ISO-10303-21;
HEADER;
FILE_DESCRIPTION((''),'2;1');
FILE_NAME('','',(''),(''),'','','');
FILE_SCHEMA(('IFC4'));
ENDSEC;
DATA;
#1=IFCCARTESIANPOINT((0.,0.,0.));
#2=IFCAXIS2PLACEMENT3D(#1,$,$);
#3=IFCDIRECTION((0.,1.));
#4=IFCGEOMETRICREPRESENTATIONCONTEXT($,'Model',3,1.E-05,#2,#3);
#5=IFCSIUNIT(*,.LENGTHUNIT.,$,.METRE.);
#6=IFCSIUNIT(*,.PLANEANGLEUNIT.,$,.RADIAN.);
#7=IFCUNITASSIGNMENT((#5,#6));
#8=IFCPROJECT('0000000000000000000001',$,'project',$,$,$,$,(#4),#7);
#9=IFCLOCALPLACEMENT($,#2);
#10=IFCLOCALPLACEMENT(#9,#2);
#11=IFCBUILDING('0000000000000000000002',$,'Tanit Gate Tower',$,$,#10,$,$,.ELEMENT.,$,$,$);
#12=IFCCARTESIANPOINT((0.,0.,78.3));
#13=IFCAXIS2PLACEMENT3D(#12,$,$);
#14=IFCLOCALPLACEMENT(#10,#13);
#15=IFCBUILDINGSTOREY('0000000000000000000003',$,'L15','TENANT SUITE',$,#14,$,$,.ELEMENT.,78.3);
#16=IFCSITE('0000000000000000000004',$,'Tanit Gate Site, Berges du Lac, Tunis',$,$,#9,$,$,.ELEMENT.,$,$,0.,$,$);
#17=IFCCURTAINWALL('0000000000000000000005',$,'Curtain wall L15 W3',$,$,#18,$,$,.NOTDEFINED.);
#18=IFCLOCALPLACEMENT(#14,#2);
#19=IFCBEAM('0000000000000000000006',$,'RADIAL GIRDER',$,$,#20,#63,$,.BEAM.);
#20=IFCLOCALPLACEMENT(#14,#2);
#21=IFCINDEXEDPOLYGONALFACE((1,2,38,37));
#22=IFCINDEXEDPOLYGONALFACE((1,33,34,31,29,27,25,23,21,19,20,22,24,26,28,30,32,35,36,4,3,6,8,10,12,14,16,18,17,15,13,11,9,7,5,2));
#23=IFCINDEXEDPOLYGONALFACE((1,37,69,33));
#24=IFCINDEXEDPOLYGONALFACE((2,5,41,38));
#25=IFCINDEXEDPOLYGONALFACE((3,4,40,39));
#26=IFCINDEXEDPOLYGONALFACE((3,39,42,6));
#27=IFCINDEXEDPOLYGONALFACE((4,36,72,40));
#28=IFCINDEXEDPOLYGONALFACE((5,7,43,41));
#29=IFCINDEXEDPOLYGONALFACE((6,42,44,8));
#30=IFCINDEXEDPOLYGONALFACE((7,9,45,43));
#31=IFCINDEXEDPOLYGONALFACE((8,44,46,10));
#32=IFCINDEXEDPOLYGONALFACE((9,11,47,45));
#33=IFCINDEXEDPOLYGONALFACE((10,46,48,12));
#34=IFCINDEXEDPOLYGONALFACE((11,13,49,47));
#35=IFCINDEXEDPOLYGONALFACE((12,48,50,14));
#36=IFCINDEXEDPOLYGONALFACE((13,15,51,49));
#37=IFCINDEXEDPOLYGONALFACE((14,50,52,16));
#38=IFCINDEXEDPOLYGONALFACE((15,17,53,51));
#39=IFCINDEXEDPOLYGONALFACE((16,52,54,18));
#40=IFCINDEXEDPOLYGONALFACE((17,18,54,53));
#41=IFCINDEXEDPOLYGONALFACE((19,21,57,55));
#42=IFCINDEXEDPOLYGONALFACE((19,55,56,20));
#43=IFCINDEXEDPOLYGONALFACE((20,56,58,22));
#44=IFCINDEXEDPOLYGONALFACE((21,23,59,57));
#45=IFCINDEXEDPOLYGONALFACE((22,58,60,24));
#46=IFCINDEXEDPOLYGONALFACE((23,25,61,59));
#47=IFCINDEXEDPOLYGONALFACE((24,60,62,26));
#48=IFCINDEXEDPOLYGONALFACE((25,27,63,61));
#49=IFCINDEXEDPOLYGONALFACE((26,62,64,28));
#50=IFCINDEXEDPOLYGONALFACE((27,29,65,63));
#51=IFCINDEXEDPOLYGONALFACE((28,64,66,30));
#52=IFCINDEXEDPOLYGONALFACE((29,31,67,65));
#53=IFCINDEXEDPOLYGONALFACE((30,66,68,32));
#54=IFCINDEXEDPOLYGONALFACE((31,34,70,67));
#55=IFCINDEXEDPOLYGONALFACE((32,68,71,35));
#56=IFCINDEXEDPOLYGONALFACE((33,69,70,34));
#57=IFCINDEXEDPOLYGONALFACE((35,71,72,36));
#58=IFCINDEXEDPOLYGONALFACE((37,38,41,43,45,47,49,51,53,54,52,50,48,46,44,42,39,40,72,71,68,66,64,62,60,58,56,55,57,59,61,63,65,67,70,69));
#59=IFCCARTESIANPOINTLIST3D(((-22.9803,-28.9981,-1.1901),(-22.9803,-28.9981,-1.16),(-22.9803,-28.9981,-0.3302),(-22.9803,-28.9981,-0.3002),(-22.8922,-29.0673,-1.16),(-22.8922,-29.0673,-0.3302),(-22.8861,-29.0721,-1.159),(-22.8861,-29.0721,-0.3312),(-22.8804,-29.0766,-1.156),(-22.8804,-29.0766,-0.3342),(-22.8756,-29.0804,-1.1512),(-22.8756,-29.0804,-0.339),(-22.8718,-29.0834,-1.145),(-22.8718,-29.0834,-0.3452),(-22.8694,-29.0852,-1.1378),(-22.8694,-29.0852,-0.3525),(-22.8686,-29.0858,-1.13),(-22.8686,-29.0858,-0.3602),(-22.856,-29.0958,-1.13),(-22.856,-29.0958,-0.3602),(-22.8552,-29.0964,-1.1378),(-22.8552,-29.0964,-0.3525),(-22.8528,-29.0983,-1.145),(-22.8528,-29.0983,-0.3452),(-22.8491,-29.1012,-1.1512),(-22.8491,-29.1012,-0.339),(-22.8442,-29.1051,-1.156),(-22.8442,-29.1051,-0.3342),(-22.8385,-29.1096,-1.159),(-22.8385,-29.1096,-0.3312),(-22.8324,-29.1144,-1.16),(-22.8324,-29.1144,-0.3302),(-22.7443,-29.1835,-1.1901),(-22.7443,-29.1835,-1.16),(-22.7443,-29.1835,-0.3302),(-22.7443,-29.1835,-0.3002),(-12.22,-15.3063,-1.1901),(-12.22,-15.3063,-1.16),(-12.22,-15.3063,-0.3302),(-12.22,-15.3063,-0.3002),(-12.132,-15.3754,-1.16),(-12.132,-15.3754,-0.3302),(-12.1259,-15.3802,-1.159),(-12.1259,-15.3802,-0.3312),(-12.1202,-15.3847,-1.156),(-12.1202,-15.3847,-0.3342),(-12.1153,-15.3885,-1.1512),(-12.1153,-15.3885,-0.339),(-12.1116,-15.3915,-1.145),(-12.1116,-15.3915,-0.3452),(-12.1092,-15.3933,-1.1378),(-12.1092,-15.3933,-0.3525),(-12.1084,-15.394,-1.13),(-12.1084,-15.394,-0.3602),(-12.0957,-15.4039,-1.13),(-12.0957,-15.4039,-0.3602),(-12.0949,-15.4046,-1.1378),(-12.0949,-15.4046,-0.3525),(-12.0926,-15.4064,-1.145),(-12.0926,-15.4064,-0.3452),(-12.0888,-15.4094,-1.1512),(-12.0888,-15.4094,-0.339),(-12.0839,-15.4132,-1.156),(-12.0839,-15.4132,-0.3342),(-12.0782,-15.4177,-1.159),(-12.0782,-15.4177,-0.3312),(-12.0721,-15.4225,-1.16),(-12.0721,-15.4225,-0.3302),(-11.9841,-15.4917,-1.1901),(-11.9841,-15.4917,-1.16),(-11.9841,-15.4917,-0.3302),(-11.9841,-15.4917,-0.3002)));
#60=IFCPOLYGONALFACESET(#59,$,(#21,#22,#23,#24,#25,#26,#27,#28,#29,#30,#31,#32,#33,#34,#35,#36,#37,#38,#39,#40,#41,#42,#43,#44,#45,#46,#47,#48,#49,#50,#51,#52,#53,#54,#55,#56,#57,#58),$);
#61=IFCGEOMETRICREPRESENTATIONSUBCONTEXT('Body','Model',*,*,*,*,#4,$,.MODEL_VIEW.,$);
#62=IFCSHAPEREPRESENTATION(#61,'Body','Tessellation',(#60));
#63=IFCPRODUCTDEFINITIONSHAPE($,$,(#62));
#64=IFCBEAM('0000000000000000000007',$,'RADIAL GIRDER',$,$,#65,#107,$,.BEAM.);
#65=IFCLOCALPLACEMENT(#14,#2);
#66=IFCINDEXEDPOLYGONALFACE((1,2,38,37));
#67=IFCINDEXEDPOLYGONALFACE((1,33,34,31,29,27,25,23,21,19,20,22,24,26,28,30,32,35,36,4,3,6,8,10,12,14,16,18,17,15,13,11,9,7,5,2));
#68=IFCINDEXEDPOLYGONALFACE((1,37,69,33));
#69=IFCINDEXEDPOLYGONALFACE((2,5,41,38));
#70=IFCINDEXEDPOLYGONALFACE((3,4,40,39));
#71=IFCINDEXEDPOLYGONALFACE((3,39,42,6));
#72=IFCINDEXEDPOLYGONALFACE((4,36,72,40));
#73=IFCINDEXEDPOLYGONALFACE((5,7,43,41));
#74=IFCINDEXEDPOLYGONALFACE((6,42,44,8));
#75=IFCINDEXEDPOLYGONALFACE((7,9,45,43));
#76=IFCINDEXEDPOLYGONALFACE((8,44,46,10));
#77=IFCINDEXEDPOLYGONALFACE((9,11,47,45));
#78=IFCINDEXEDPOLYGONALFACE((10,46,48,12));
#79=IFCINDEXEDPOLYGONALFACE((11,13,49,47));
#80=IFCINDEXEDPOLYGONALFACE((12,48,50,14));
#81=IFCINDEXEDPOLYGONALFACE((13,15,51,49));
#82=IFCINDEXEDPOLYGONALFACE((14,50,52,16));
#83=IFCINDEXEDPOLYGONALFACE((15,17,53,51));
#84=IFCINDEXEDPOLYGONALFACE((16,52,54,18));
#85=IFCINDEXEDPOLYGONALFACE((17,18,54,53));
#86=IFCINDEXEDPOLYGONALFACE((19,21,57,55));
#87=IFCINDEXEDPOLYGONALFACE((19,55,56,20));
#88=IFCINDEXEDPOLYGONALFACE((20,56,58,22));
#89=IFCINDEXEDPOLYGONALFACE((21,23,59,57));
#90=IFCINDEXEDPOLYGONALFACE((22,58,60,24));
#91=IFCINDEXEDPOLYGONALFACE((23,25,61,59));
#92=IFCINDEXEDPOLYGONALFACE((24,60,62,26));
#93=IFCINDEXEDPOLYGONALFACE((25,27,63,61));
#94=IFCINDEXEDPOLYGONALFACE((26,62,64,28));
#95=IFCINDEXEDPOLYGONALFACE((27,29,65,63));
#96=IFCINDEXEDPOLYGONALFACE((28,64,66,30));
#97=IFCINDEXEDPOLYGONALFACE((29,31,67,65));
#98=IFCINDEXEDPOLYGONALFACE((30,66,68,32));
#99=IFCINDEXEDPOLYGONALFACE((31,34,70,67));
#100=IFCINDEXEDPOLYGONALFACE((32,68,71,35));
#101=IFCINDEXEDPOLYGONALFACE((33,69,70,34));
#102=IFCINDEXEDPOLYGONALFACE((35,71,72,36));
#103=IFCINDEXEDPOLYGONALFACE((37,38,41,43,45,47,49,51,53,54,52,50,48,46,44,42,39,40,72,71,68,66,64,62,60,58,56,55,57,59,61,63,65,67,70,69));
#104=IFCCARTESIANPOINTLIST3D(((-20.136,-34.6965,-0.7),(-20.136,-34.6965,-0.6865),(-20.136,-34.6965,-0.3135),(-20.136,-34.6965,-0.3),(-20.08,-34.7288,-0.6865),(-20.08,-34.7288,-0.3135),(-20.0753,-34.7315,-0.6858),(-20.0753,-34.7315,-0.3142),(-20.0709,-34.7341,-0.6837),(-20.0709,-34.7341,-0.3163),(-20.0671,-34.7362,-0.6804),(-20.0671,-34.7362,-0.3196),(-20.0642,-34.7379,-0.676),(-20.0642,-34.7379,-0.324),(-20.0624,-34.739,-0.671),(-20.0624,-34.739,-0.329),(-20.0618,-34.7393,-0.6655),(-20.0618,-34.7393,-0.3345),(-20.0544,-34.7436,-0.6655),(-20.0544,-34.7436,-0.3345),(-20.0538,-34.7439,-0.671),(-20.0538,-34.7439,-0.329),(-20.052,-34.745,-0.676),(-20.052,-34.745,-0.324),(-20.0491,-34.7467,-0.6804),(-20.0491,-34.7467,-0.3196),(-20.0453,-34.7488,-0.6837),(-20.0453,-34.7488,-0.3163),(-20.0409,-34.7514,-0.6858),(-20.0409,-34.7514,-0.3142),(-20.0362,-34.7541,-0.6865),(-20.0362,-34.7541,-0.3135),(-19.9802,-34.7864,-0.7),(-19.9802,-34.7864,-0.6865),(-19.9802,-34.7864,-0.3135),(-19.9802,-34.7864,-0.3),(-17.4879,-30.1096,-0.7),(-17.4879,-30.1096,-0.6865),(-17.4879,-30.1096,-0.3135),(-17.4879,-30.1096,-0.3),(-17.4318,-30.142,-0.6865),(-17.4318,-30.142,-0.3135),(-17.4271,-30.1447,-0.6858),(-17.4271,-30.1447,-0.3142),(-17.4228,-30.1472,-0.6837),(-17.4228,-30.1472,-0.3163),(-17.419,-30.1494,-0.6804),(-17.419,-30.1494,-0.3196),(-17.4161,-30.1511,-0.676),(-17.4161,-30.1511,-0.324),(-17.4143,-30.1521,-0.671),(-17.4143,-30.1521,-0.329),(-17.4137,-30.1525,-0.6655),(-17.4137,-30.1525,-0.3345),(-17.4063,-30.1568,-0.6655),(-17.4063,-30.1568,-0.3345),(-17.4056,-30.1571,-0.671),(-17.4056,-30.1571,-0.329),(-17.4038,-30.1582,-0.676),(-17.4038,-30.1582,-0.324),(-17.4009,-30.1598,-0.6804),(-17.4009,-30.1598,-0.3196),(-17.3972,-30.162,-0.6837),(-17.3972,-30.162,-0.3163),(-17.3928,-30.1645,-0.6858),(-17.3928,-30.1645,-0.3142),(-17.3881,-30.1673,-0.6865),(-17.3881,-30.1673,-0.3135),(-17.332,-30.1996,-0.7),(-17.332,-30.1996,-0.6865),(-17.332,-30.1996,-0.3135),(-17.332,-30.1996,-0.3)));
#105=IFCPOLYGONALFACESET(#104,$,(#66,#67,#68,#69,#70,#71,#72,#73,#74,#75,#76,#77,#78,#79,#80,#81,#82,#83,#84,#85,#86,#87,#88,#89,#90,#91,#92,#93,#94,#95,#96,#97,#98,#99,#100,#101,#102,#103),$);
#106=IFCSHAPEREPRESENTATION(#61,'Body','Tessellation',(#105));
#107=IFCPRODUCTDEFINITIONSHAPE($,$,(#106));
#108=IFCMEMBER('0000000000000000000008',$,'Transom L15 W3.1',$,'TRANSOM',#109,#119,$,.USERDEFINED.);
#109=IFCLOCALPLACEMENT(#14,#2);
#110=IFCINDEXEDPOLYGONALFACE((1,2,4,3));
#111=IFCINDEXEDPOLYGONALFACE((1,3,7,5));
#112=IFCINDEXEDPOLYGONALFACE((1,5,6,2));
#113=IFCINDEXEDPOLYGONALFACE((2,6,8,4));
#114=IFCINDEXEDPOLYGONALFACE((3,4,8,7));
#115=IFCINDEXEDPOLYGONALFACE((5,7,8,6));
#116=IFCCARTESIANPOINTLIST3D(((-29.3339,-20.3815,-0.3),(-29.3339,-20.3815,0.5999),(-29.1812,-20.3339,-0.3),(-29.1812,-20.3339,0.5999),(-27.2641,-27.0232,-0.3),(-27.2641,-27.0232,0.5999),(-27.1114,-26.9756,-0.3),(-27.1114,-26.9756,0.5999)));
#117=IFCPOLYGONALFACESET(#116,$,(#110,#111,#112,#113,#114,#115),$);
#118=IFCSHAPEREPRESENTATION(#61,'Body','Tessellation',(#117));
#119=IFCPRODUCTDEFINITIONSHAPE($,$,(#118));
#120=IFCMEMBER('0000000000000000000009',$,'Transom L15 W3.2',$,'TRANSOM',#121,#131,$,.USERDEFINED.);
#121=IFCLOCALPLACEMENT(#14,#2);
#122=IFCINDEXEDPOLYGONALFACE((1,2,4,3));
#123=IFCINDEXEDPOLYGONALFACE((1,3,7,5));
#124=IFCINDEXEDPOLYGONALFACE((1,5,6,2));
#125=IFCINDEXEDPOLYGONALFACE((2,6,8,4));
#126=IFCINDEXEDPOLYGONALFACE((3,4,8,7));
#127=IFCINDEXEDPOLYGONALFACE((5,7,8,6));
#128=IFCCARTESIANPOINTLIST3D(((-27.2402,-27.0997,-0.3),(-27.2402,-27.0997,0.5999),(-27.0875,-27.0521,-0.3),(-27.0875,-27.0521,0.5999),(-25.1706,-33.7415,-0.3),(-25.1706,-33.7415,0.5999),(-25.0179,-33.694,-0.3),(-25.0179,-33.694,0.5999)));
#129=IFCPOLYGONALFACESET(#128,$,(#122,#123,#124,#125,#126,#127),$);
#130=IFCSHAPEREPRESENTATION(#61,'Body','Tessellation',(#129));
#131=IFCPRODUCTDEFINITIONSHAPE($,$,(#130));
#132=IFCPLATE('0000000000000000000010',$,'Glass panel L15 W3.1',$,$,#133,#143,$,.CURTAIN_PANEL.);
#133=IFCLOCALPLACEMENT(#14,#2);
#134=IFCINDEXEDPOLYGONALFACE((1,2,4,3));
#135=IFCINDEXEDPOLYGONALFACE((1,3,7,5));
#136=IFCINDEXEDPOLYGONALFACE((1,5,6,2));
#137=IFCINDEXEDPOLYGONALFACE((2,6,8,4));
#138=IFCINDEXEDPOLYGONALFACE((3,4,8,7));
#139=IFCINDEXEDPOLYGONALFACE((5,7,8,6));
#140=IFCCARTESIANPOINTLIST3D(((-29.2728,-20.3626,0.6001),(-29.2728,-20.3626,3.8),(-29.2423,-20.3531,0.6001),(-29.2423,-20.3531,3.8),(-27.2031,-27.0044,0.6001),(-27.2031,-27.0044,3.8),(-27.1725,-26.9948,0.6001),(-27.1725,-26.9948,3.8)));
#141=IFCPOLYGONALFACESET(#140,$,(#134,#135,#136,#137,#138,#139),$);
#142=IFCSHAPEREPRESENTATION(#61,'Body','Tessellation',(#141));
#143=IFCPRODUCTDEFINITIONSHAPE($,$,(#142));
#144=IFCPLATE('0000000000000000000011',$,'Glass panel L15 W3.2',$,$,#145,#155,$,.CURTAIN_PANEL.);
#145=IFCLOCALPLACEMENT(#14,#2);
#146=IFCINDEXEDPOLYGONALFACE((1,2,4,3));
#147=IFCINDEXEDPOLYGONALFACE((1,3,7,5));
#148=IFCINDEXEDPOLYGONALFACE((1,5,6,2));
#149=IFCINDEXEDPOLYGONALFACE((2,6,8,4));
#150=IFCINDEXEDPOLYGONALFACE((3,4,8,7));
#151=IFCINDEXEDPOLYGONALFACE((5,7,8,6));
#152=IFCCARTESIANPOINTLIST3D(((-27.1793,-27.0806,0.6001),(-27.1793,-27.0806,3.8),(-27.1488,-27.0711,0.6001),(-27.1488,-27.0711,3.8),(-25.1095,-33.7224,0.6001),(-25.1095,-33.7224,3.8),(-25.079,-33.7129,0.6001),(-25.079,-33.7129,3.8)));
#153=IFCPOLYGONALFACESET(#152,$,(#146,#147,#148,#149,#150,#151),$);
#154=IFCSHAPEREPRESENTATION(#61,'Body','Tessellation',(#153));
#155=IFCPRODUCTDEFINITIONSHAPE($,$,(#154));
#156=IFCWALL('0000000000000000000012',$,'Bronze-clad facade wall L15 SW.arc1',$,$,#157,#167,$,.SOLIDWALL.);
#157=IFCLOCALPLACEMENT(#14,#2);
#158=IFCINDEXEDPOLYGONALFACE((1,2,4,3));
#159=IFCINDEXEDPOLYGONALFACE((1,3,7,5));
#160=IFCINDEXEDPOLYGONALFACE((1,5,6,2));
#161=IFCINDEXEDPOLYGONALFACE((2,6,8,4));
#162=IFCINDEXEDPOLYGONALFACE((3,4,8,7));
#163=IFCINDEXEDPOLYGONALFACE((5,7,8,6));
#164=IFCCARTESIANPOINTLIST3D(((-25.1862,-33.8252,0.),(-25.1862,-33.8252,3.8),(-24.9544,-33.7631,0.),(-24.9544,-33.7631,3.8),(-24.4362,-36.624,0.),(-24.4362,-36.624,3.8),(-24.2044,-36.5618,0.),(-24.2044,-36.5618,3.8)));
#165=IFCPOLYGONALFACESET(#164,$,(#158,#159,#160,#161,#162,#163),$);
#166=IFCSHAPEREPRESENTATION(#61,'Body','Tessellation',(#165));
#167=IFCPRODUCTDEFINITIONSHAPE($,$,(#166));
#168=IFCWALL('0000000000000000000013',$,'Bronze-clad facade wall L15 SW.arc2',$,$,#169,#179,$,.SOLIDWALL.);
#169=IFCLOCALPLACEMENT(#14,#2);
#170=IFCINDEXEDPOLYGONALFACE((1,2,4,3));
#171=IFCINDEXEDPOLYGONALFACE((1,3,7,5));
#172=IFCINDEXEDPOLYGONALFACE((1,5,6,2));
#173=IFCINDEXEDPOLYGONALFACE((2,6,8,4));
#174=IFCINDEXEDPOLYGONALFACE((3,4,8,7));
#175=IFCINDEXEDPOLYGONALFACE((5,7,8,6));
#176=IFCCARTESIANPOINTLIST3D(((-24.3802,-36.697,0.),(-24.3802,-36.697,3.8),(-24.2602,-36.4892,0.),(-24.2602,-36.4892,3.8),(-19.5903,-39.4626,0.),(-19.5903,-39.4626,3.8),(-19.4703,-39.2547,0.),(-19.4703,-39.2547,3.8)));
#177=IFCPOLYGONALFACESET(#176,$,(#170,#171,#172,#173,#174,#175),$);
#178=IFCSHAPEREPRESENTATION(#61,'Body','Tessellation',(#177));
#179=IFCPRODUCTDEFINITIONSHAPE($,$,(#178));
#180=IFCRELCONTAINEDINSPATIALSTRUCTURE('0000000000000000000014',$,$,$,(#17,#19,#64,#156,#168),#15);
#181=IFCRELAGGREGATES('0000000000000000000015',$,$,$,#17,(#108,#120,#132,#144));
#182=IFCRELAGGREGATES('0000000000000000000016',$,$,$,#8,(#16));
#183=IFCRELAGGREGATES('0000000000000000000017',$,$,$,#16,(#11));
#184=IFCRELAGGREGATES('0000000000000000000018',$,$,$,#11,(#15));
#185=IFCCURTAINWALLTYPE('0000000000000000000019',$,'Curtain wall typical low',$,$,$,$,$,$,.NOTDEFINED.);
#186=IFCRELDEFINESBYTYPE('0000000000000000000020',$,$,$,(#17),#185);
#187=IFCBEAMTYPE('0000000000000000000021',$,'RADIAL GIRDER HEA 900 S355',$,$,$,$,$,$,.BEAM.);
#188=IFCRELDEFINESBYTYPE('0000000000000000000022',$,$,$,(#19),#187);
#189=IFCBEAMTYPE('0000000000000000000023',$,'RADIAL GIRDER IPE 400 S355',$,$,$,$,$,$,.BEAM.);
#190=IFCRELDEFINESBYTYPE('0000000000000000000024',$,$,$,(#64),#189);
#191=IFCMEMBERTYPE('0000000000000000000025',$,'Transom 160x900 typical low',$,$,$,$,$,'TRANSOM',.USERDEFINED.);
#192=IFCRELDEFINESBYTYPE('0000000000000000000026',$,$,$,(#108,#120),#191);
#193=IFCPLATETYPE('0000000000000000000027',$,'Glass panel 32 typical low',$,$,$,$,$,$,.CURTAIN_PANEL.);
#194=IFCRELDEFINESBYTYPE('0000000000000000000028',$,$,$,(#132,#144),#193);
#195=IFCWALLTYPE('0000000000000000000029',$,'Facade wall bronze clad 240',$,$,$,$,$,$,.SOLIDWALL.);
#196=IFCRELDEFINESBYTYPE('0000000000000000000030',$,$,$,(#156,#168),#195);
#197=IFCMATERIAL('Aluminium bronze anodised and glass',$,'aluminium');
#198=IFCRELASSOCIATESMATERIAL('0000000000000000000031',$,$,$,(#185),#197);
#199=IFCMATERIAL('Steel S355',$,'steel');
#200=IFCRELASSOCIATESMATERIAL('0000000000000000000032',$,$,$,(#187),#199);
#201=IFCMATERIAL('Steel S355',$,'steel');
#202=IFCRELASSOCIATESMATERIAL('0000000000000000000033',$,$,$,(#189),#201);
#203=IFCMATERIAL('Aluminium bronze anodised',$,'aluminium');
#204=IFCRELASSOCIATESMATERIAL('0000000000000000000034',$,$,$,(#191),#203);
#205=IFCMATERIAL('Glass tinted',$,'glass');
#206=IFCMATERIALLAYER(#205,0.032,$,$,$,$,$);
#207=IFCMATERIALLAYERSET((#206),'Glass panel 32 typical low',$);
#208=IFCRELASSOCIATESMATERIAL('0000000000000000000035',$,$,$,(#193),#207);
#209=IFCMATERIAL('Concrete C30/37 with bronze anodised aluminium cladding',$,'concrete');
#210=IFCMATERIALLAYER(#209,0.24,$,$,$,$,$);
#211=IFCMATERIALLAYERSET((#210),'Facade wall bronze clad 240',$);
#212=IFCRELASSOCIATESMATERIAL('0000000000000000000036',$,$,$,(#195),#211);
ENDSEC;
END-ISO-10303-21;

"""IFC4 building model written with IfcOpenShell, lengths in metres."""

from ifc_helpers import new_model, si_unit, direction, frame, frame_2d, origin, origin_2d, place, context, subcontext, project, spatial, rectangle, i_section, extrude, material, layer, layer_set, material_profile, profile_set, type_object, element, aggregate, save


model = new_model("IFC4")

# Units and contexts
model_context = context("Model", 3, precision=1e-05, world=origin(), true_north=direction((0.0, 1.0)))
body_context = subcontext(model_context, "Body", "Model", "MODEL_VIEW")
ifc_project = project(units=[si_unit("LENGTHUNIT", "METRE"), si_unit("PLANEANGLEUNIT", "RADIAN")], contexts=[model_context])

# Site, building, storey
site_placement = place(None, origin())
site = spatial("IfcSite", under=ifc_project, at=site_placement, Name="Tanit Gate Site, Berges du Lac, Tunis", CompositionType="ELEMENT", RefElevation=0.0)
building_placement = place(site_placement, origin())
building = spatial("IfcBuilding", under=site, at=building_placement, Name="Tanit Gate Tower", CompositionType="ELEMENT")
storey_placement = place(building_placement, frame((0.0, 0.0, 78.3)))
storey = spatial("IfcBuildingStorey", under=building, at=storey_placement, Name="L15", Description="TENANT SUITE", CompositionType="ELEMENT", Elevation=78.3)

# Curtain wall
ifc_material_1 = material(Name="Aluminium bronze anodised and glass", Category="aluminium")
curtain_wall_type = type_object("IfcCurtainWallType", Name="Curtain wall typical low", PredefinedType="NOTDEFINED", material=ifc_material_1)
curtain_wall_1_placement = place(storey_placement, origin())
curtain_wall_1 = element("IfcCurtainWall", 1, at=curtain_wall_1_placement, inside=storey, type_object=curtain_wall_type, Name="Curtain wall L15 W3", PredefinedType="NOTDEFINED")

# Beams
ifc_material_2 = material(Name="Steel S355", Category="steel")
ifc_material_profile_1 = material_profile(ifc_material_2, i_section(OverallWidth=0.3, OverallDepth=0.8899, WebThickness=0.0161, FlangeThickness=0.03, FilletRadius=0.03, at=origin_2d()), Name="HEA 900")
ifc_profile_set_1 = profile_set([ifc_material_profile_1], Name="Steel S355")
beam_type_1 = type_object("IfcBeamType", Name="RADIAL GIRDER HEA 900 S355", PredefinedType="BEAM", material=ifc_profile_set_1)
beam_1_placement = place(storey_placement, frame((-22.8623, -29.0908, -0.7451), z_axis=(0.617905, 0.786253, 0.0), x_axis=(-0.786253, 0.617905, 0.0)))
element("IfcBeam", 2, at=beam_1_placement, inside=storey, type_object=beam_type_1, Name="RADIAL GIRDER", PredefinedType="BEAM", context=body_context, shape_type="SweptSolid", body=[
    extrude(i_section(OverallWidth=0.3, OverallDepth=0.8899, WebThickness=0.0161, FlangeThickness=0.03, FilletRadius=0.03, at=origin_2d()), origin(), (0.0, 0.0, 1.0), 17.4141),
])
ifc_material_3 = material(Name="Steel S355", Category="steel")
ifc_material_profile_2 = material_profile(ifc_material_3, i_section(OverallWidth=0.1799, OverallDepth=0.3999, WebThickness=0.0085, FlangeThickness=0.0134, FilletRadius=0.021, at=origin_2d()), Name="IPE 400")
ifc_profile_set_2 = profile_set([ifc_material_profile_2], Name="Steel S355")
beam_type_2 = type_object("IfcBeamType", Name="RADIAL GIRDER IPE 400 S355", PredefinedType="BEAM", material=ifc_profile_set_2)
beam_2_placement = place(storey_placement, frame((-20.0581, -34.7415, -0.5), z_axis=(0.499991, 0.866031, 0.0), x_axis=(-0.866031, 0.499991, 0.0)))
element("IfcBeam", 3, at=beam_2_placement, inside=storey, type_object=beam_type_2, Name="RADIAL GIRDER", PredefinedType="BEAM", context=body_context, shape_type="SweptSolid", body=[
    extrude(i_section(OverallWidth=0.1799, OverallDepth=0.3999, WebThickness=0.0085, FlangeThickness=0.0134, FilletRadius=0.021, at=origin_2d()), origin(), (0.0, 0.0, 1.0), 5.2964),
])

# Members
ifc_material_4 = material(Name="Aluminium bronze anodised", Category="aluminium")
ifc_material_profile_3 = material_profile(ifc_material_4, rectangle(XDim=0.1599, YDim=0.8999, at=origin_2d()), Name="160x900 bronze transom")
ifc_profile_set_3 = profile_set([ifc_material_profile_3], Name="Aluminium bronze anodised")
member_type_1 = type_object("IfcMemberType", Name="Transom 160x900 typical low", ElementType="TRANSOM", PredefinedType="USERDEFINED", material=ifc_profile_set_3)
member_1_placement = place(storey_placement, frame((-29.2576, -20.3577, 0.1499), z_axis=(0.297522, -0.954715, 0.0), x_axis=(0.954715, 0.297522, 0.0)))
member_1 = element("IfcMember", 4, at=member_1_placement, type_object=member_type_1, Name="Transom L15 W3.1", ObjectType="TRANSOM", PredefinedType="USERDEFINED", context=body_context, shape_type="SweptSolid", body=[
    extrude(rectangle(XDim=0.1599, YDim=0.8999, at=origin_2d()), origin(), (0.0, 0.0, 1.0), 6.9568),
])
member_2_placement = place(storey_placement, frame((-27.1638, -27.0759, 0.1499), z_axis=(0.29749, -0.954725, 0.0), x_axis=(0.954725, 0.29749, 0.0)))
member_2 = element("IfcMember", 5, at=member_2_placement, type_object=member_type_1, Name="Transom L15 W3.2", ObjectType="TRANSOM", PredefinedType="USERDEFINED", context=body_context, shape_type="SweptSolid", body=[
    extrude(rectangle(XDim=0.1599, YDim=0.8999, at=origin_2d()), origin(), (0.0, 0.0, 1.0), 6.9568),
])

# Plates
ifc_material_5 = material(Name="Glass tinted", Category="glass")
ifc_layer_1 = layer(ifc_material_5, 0.032)
ifc_layer_set_1 = layer_set([ifc_layer_1], Name="Glass panel 32 typical low")
plate_type = type_object("IfcPlateType", Name="Glass panel 32 typical low", PredefinedType="CURTAIN_PANEL", material=ifc_layer_set_1)
plate_1_placement = place(storey_placement, frame((-28.2227, -23.6787, 0.6001), z_axis=(0.0, 0.0, 1.0), x_axis=(0.297513, -0.954718, 0.0)))
plate_1 = element("IfcPlate", 6, at=plate_1_placement, type_object=plate_type, Name="Glass panel L15 W3.1", PredefinedType="CURTAIN_PANEL", context=body_context, shape_type="SweptSolid", body=[
    extrude(rectangle(XDim=6.9568, YDim=0.032, at=origin_2d()), origin(), (0.0, 0.0, 1.0), 3.2),
])
plate_2_placement = place(storey_placement, frame((-26.1292, -30.3967, 0.6001), z_axis=(0.0, 0.0, 1.0), x_axis=(0.297513, -0.954718, 0.0)))
plate_2 = element("IfcPlate", 7, at=plate_2_placement, type_object=plate_type, Name="Glass panel L15 W3.2", PredefinedType="CURTAIN_PANEL", context=body_context, shape_type="SweptSolid", body=[
    extrude(rectangle(XDim=6.9568, YDim=0.032, at=origin_2d()), origin(), (0.0, 0.0, 1.0), 3.2),
])
aggregate(curtain_wall_1, [member_1, member_2, plate_1, plate_2])

# Walls
ifc_material_6 = material(Name="Concrete C30/37 with bronze anodised aluminium cladding", Category="concrete")
ifc_layer_2 = layer(ifc_material_6, 0.24)
ifc_layer_set_2 = layer_set([ifc_layer_2], Name="Facade wall bronze clad 240")
wall_type_1 = type_object("IfcWallType", Name="Facade wall bronze clad 240", PredefinedType="SOLIDWALL", material=ifc_layer_set_2)
wall_1_placement = place(storey_placement, frame((-25.0703, -33.7942, 0.0), z_axis=(0.0, 0.0, 1.0), x_axis=(0.258837, -0.965921, 0.0)))
element("IfcWall", 8, at=wall_1_placement, inside=storey, type_object=wall_type_1, Name="Bronze-clad facade wall L15 SW.arc1", PredefinedType="SOLIDWALL", context=body_context, shape_type="SweptSolid", body=[
    extrude(rectangle(XDim=2.8975, YDim=0.24, at=frame_2d((1.4487, 0.0))), origin(), (0.0, 0.0, 1.0), 3.8),
])
wall_2_placement = place(storey_placement, frame((-24.3203, -36.593, 0.0), z_axis=(0.0, 0.0, 1.0), x_axis=(0.866018, -0.500013, 0.0)))
element("IfcWall", 9, at=wall_2_placement, inside=storey, type_object=wall_type_1, Name="Bronze-clad facade wall L15 SW.arc2", PredefinedType="SOLIDWALL", context=body_context, shape_type="SweptSolid", body=[
    extrude(rectangle(XDim=5.531, YDim=0.24, at=frame_2d((2.7656, 0.0))), origin(), (0.0, 0.0, 1.0), 3.8),
])

save(model, "model.ifc")
